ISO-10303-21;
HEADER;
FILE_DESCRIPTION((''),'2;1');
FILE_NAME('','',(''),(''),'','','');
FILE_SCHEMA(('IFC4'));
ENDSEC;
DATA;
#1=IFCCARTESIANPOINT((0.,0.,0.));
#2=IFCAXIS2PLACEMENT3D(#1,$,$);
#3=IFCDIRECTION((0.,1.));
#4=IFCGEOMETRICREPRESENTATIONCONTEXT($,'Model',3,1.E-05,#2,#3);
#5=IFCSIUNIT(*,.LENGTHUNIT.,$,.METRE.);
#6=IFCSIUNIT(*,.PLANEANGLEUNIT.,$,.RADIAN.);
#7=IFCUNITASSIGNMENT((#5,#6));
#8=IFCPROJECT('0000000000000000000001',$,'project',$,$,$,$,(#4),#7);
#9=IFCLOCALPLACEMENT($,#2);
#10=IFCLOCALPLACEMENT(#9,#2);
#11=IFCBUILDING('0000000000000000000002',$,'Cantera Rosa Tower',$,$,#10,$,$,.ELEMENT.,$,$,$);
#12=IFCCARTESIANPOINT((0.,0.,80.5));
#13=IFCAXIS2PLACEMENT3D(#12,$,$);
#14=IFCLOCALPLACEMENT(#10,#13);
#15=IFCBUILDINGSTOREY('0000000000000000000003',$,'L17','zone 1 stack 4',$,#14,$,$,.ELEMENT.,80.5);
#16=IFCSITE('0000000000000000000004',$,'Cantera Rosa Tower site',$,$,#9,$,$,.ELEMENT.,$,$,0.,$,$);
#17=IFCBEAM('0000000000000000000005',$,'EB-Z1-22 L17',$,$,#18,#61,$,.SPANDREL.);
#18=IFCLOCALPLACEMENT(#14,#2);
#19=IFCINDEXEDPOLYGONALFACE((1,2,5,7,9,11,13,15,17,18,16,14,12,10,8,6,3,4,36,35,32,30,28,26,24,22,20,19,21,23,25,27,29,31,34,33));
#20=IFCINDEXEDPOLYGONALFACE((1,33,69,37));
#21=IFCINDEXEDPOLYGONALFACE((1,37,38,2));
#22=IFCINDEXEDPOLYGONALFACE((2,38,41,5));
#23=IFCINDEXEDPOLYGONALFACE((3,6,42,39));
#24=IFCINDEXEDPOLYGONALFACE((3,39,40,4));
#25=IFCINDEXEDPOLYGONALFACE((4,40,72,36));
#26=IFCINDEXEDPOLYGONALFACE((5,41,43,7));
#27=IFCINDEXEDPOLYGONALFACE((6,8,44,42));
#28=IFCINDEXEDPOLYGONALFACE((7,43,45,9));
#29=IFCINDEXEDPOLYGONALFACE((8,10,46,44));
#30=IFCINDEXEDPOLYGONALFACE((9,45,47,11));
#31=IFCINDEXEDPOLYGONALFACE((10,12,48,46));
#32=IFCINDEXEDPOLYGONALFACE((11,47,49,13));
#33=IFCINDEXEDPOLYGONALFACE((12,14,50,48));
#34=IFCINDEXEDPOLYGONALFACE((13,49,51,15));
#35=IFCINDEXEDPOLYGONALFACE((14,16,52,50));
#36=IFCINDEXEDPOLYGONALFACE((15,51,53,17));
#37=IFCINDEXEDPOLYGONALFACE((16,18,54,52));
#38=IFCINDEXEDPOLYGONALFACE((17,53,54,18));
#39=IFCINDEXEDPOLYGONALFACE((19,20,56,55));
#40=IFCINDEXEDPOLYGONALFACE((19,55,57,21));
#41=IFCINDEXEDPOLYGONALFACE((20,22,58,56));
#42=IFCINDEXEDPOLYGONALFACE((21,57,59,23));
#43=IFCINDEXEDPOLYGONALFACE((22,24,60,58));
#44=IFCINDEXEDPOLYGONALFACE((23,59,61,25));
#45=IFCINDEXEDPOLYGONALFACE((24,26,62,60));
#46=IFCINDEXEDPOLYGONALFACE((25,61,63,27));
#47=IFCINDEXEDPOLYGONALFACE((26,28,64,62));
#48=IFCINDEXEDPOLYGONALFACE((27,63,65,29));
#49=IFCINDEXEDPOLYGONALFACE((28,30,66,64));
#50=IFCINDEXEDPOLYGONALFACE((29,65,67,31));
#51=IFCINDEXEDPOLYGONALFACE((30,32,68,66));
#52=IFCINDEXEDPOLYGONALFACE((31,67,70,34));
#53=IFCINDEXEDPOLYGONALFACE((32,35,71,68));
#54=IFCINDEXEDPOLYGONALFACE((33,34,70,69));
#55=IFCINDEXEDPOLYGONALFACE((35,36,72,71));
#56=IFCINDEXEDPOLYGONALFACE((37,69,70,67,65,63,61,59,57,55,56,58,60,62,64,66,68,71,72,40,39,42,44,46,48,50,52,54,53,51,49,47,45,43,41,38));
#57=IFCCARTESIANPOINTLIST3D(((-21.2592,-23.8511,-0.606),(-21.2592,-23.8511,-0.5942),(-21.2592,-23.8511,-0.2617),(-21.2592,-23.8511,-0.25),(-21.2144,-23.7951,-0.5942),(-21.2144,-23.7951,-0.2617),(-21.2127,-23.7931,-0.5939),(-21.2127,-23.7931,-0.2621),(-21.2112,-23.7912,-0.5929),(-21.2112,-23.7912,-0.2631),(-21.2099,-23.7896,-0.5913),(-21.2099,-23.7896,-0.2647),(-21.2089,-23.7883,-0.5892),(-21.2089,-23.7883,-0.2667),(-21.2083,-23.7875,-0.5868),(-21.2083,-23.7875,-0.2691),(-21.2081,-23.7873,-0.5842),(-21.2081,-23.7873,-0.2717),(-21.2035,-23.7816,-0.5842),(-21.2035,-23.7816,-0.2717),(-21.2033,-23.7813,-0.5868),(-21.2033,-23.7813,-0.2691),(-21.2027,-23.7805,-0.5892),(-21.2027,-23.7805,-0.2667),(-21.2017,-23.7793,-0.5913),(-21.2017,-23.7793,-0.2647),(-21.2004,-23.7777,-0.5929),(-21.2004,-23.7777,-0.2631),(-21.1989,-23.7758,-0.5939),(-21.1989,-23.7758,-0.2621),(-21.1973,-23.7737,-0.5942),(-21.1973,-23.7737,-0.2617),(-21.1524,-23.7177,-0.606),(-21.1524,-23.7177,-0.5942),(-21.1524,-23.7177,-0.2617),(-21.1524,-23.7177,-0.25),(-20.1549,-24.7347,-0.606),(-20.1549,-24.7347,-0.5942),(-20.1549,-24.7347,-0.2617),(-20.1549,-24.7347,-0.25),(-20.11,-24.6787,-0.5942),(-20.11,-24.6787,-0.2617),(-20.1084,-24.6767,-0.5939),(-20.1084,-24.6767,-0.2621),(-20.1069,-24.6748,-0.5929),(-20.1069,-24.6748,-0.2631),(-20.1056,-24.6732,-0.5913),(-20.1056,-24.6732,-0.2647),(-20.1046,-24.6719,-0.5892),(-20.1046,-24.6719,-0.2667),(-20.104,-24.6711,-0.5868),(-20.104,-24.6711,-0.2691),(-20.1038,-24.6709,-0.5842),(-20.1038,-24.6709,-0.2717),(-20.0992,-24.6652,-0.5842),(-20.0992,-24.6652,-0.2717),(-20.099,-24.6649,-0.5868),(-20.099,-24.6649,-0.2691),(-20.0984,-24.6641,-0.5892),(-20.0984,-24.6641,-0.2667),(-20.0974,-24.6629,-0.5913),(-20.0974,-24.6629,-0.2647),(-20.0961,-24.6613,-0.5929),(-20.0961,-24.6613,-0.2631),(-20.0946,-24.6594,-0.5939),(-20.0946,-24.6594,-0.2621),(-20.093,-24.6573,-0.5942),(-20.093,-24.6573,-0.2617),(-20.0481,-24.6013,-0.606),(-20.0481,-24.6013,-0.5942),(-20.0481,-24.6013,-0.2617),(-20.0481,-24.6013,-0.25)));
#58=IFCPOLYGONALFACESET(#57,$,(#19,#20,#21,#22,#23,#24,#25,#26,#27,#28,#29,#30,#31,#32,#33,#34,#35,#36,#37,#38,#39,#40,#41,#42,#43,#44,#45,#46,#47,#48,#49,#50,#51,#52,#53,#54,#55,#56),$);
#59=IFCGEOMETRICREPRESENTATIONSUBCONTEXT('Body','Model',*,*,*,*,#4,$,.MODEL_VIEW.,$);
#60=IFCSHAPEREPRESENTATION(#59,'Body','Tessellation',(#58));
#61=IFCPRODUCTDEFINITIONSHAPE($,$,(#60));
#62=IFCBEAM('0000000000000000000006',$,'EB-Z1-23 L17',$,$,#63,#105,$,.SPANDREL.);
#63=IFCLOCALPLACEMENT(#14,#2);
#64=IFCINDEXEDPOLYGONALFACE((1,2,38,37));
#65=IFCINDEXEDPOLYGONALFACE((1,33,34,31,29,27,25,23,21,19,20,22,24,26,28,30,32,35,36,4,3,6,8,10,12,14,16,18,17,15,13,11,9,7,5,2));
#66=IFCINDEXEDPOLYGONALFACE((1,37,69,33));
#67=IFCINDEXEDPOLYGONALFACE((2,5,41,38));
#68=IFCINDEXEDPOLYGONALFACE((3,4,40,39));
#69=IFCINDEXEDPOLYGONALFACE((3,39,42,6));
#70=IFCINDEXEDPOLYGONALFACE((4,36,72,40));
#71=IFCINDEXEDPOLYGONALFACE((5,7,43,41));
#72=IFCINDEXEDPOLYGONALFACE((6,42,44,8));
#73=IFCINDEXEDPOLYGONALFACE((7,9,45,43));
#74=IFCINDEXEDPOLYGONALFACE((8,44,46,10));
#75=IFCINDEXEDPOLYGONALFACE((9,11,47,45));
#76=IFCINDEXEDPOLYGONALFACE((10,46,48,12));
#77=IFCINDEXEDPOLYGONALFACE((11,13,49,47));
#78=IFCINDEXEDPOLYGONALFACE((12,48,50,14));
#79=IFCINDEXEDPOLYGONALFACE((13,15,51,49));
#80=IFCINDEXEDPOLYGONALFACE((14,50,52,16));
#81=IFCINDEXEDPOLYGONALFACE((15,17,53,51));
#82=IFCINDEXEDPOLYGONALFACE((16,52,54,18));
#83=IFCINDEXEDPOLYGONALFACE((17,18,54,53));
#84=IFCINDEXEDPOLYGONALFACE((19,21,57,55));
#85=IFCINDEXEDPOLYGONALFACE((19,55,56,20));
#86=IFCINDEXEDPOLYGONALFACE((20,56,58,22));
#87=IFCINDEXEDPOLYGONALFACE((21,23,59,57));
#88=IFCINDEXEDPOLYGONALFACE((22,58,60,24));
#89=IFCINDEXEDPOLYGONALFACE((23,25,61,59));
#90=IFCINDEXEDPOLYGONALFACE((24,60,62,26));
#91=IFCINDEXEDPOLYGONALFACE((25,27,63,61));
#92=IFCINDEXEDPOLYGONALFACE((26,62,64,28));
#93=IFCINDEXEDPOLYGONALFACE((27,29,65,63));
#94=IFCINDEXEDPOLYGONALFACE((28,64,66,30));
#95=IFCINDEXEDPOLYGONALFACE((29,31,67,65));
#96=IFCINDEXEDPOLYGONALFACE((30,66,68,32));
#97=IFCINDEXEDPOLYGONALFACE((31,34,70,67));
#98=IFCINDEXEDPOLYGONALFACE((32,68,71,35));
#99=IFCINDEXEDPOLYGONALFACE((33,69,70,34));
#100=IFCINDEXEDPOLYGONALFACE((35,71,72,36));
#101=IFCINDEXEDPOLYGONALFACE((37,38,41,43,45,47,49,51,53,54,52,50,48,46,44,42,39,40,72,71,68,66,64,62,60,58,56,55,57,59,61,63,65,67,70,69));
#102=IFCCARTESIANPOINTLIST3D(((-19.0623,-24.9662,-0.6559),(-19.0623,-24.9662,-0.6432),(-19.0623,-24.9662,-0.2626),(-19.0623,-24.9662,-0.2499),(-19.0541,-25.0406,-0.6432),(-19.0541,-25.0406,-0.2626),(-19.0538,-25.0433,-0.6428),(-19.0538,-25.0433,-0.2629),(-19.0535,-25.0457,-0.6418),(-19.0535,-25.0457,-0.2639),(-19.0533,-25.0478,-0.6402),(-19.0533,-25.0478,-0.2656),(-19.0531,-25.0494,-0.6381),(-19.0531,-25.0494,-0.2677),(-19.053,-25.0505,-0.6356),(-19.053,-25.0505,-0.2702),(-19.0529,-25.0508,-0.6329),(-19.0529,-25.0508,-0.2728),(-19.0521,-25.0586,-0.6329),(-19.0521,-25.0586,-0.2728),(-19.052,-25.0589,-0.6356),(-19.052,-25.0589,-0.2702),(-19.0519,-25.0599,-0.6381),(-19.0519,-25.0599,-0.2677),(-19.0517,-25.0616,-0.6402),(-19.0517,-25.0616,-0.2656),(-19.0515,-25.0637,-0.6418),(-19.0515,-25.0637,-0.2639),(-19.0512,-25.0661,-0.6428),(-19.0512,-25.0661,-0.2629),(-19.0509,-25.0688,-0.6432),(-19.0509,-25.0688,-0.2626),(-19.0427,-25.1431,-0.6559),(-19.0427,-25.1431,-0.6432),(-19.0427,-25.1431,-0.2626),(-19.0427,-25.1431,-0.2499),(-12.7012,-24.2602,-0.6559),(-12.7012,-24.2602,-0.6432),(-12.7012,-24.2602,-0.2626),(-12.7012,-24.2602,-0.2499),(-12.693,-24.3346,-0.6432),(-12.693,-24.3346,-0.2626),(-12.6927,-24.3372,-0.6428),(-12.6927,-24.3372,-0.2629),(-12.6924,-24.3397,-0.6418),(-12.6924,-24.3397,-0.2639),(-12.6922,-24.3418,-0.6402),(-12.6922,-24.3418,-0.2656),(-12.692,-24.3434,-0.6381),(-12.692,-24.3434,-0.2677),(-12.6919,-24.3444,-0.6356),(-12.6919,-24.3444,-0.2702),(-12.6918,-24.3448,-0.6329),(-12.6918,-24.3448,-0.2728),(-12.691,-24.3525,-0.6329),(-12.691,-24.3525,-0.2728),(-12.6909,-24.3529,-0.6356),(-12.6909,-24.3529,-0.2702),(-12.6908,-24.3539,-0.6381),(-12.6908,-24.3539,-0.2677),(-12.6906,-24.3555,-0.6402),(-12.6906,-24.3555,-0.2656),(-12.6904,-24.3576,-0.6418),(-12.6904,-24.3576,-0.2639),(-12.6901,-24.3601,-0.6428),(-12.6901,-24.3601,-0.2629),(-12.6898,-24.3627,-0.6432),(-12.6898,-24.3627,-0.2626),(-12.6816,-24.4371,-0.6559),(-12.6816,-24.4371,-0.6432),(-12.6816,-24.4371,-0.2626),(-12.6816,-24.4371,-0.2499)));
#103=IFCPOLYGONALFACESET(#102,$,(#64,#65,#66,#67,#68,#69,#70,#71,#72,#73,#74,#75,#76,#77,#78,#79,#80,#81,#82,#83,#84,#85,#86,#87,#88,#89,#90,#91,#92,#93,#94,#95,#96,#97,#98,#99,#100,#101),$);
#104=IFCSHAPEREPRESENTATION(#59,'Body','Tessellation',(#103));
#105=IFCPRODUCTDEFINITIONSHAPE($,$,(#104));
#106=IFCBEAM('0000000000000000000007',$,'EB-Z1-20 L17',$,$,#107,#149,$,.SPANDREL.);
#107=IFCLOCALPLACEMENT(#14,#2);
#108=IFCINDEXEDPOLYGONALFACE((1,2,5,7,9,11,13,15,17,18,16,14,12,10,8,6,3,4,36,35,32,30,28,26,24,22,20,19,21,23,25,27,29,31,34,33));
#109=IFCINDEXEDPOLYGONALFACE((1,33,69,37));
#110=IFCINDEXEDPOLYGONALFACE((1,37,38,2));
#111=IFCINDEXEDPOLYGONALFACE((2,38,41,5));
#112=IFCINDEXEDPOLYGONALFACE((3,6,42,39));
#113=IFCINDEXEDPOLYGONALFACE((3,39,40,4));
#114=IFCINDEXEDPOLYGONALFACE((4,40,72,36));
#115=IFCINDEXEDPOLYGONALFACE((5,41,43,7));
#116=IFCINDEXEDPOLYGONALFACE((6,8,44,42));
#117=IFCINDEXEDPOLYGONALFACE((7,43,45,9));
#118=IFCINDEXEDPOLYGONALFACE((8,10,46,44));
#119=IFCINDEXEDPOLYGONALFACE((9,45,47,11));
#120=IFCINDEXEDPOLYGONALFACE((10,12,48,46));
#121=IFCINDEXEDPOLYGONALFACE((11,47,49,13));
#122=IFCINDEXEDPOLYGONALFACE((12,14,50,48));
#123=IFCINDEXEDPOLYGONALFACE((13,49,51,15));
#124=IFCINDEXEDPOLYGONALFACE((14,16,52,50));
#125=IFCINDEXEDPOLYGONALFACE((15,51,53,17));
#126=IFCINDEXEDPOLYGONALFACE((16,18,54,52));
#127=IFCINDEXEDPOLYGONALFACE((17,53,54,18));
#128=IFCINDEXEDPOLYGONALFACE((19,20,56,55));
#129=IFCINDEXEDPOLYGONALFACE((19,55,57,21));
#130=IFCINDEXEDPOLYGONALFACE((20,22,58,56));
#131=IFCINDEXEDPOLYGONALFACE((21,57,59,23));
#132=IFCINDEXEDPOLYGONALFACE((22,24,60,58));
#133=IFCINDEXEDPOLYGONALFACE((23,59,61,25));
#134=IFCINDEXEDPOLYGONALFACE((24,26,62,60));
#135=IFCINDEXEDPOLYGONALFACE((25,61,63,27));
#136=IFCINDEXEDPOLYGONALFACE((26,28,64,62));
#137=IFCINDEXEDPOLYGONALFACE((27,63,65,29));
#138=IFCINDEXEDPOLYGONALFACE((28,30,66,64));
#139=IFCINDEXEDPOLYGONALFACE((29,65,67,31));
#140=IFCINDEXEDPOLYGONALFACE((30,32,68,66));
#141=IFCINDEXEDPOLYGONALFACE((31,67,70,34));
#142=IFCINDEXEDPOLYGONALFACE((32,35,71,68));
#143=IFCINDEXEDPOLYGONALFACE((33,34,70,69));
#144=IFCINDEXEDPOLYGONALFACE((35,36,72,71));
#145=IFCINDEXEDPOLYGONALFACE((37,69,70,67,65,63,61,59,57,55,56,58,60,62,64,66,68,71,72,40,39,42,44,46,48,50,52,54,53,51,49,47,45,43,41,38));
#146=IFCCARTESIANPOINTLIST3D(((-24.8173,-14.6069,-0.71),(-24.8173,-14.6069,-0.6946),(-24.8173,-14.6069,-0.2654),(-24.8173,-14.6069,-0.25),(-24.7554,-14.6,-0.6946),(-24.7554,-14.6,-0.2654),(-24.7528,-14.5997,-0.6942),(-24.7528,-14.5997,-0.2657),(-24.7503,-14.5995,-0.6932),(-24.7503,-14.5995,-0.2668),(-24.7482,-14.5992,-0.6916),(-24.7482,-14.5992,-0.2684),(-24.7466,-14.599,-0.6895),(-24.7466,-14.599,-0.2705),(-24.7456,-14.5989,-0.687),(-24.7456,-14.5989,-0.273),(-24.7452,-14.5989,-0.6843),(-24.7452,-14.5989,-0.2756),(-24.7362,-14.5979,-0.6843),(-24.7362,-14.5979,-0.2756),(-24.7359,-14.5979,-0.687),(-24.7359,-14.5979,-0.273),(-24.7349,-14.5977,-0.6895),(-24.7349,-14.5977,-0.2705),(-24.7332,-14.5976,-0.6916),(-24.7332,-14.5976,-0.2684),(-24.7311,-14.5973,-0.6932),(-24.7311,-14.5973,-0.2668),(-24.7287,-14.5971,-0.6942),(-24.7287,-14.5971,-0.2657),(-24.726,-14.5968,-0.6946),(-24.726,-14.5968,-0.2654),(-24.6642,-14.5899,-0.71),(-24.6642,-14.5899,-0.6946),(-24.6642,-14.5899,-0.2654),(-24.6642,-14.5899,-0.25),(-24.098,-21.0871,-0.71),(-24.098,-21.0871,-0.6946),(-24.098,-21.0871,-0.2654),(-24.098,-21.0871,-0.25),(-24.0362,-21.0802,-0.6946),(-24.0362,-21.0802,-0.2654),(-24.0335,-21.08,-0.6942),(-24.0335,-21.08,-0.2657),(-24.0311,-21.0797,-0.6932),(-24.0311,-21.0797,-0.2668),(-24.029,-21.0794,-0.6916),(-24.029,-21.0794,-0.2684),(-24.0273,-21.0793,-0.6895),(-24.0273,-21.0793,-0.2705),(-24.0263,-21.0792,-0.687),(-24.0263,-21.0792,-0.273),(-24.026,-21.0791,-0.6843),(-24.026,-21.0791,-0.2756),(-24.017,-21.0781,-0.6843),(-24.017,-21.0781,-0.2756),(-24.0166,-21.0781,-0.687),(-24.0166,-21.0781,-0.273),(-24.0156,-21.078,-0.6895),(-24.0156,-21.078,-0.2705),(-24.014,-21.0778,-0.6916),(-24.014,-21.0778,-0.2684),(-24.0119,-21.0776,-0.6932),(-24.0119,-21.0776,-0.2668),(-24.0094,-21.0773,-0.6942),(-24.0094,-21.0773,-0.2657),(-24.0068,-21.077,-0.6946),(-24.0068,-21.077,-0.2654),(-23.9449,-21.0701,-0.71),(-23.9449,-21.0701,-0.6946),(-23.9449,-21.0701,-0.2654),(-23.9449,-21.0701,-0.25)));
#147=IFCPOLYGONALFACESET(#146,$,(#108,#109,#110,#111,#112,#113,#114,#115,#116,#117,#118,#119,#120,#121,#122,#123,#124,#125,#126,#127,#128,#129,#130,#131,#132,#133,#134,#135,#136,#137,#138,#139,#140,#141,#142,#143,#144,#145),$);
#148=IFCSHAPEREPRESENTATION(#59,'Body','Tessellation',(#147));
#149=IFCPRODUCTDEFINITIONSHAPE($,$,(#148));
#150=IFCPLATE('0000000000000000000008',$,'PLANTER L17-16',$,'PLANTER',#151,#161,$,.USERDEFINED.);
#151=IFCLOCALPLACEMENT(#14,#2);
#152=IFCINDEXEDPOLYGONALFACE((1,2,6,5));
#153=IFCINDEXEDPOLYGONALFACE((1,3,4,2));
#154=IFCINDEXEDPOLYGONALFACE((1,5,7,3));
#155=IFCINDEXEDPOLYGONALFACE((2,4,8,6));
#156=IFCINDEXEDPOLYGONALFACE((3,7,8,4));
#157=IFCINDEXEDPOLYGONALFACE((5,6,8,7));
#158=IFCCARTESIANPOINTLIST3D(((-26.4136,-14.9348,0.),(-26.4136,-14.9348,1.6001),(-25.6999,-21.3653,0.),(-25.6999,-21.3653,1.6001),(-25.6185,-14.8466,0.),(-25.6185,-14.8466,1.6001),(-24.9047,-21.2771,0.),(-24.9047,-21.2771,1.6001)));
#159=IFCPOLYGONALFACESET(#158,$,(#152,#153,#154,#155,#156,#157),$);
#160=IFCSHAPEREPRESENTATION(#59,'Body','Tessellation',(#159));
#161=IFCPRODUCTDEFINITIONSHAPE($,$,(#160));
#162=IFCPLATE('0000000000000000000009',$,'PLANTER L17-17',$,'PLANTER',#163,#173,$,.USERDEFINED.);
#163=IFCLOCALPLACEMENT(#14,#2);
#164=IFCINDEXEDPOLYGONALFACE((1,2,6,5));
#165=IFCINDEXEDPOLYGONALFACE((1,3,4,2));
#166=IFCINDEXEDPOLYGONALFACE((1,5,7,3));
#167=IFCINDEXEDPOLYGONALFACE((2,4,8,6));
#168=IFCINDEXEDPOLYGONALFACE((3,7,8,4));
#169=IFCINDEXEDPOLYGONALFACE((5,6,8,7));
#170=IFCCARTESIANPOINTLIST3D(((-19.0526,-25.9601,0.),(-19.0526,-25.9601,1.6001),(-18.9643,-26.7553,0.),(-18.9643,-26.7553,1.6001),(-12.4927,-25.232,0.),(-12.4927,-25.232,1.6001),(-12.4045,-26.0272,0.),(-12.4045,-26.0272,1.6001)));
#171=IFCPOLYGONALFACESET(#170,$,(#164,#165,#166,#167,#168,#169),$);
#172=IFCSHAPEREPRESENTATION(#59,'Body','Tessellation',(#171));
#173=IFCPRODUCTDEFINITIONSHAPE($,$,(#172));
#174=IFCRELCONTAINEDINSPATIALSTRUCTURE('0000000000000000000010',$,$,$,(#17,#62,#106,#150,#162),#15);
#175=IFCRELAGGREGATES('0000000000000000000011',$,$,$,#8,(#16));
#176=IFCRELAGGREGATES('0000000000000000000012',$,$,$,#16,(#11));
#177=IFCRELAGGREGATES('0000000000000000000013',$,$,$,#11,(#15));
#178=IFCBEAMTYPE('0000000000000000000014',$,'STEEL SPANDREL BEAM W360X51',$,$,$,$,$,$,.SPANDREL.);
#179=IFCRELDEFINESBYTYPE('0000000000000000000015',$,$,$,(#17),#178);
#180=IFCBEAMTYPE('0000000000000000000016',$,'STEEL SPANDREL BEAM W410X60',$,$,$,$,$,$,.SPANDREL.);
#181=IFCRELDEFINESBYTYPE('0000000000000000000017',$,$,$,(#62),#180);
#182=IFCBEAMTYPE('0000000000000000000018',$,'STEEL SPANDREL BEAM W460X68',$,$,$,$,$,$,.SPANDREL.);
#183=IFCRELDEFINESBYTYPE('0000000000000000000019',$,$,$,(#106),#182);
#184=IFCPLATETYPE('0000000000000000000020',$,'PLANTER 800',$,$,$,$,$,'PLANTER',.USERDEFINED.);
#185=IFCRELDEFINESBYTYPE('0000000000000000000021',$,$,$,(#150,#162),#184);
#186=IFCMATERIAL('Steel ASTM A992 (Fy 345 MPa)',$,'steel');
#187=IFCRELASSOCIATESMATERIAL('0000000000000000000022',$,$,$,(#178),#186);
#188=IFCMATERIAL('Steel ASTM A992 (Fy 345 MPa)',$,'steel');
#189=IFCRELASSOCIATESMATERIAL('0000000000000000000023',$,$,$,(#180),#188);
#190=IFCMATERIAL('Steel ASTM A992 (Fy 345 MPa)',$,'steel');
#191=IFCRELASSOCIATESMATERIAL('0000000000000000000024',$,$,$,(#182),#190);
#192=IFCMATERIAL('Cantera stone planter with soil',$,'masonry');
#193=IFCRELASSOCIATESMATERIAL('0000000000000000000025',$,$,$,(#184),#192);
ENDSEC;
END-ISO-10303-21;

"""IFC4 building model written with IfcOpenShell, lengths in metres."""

from ifc_helpers import new_model, si_unit, direction, frame, origin, origin_2d, place, context, subcontext, project, spatial, rectangle, i_section, extrude, material, material_profile, profile_set, type_object, element, save


model = new_model("IFC4")

# Units and contexts
model_context = context("Model", 3, precision=1e-05, world=origin(), true_north=direction((0.0, 1.0)))
body_context = subcontext(model_context, "Body", "Model", "MODEL_VIEW")
ifc_project = project(units=[si_unit("LENGTHUNIT", "METRE"), si_unit("PLANEANGLEUNIT", "RADIAN")], contexts=[model_context])

# Site, building, storey
site_placement = place(None, origin())
site = spatial("IfcSite", under=ifc_project, at=site_placement, Name="Cantera Rosa Tower site", CompositionType="ELEMENT", RefElevation=0.0)
building_placement = place(site_placement, origin())
building = spatial("IfcBuilding", under=site, at=building_placement, Name="Cantera Rosa Tower", CompositionType="ELEMENT")
storey_placement = place(building_placement, frame((0.0, 0.0, 80.5)))
storey = spatial("IfcBuildingStorey", under=building, at=storey_placement, Name="L17", Description="zone 1 stack 4", CompositionType="ELEMENT", Elevation=80.5)

# Beams
ifc_material_1 = material(Name="Steel ASTM A992 (Fy 345 MPa)", Category="steel")
ifc_material_profile_1 = material_profile(ifc_material_1, i_section(OverallWidth=0.1709, OverallDepth=0.356, WebThickness=0.0073, FlangeThickness=0.0117, FilletRadius=0.01, at=origin_2d()), Name="W360X51")
ifc_profile_set_1 = profile_set([ifc_material_profile_1], Name="Steel ASTM A992 (Fy 345 MPa)")
beam_type_1 = type_object("IfcBeamType", Name="STEEL SPANDREL BEAM W360X51", PredefinedType="SPANDREL", material=ifc_profile_set_1)
for number, where, z_axis, x_axis, name in (
    (1, (-21.2058, -23.7844, -0.428), (0.780818, -0.624758, 0.0), (0.624758, 0.780818, 0.0), "EB-Z1-22 L17"),
):
    element("IfcBeam", number, at=place(storey_placement, frame(where, z_axis=z_axis, x_axis=x_axis)), inside=storey, type_object=beam_type_1, Name=name, PredefinedType="SPANDREL", context=body_context, shape_type="SweptSolid", body=[
        extrude(i_section(OverallWidth=0.1709, OverallDepth=0.356, WebThickness=0.0073, FlangeThickness=0.0117, FilletRadius=0.01, at=origin_2d()), origin(), (0.0, 0.0, 1.0), 1.4143),
    ])
ifc_material_2 = material(Name="Steel ASTM A992 (Fy 345 MPa)", Category="steel")
ifc_material_profile_2 = material_profile(ifc_material_2, i_section(OverallWidth=0.178, OverallDepth=0.406, WebThickness=0.0078, FlangeThickness=0.0127, FilletRadius=0.0103, at=origin_2d()), Name="W410X60")
ifc_profile_set_2 = profile_set([ifc_material_profile_2], Name="Steel ASTM A992 (Fy 345 MPa)")
beam_type_2 = type_object("IfcBeamType", Name="STEEL SPANDREL BEAM W410X60", PredefinedType="SPANDREL", material=ifc_profile_set_2)
beam_1_placement = place(storey_placement, frame((-19.0525, -25.0547, -0.4529), z_axis=(0.993896, 0.110318, 0.0), x_axis=(-0.110318, 0.993896, 0.0)))
element("IfcBeam", 2, at=beam_1_placement, inside=storey, type_object=beam_type_2, Name="EB-Z1-23 L17", PredefinedType="SPANDREL", context=body_context, shape_type="SweptSolid", body=[
    extrude(i_section(OverallWidth=0.178, OverallDepth=0.406, WebThickness=0.0078, FlangeThickness=0.0127, FilletRadius=0.0103, at=origin_2d()), origin(), (0.0, 0.0, 1.0), 6.4001),
])
ifc_material_3 = material(Name="Steel ASTM A992 (Fy 345 MPa)", Category="steel")
ifc_material_profile_3 = material_profile(ifc_material_3, i_section(OverallWidth=0.1541, OverallDepth=0.46, WebThickness=0.009, FlangeThickness=0.0154, FilletRadius=0.0103, at=origin_2d()), Name="W460X68")
ifc_profile_set_3 = profile_set([ifc_material_profile_3], Name="Steel ASTM A992 (Fy 345 MPa)")
beam_type_3 = type_object("IfcBeamType", Name="STEEL SPANDREL BEAM W460X68", PredefinedType="SPANDREL", material=ifc_profile_set_3)
beam_2_placement = place(storey_placement, frame((-24.7407, -14.5984, -0.48), z_axis=(0.110312, -0.993897, 0.0), x_axis=(0.993897, 0.110312, 0.0)))
element("IfcBeam", 3, at=beam_2_placement, inside=storey, type_object=beam_type_3, Name="EB-Z1-20 L17", PredefinedType="SPANDREL", context=body_context, shape_type="SweptSolid", body=[
    extrude(i_section(OverallWidth=0.1541, OverallDepth=0.46, WebThickness=0.009, FlangeThickness=0.0154, FilletRadius=0.0103, at=origin_2d()), origin(), (0.0, 0.0, 1.0), 6.52),
])

# Plates
ifc_material_4 = material(Name="Cantera stone planter with soil", Category="masonry")
plate_type = type_object("IfcPlateType", Name="PLANTER 800", ElementType="PLANTER", PredefinedType="USERDEFINED", material=ifc_material_4)
plate_1_placement = place(storey_placement, frame((-25.6592, -18.106, 0.0), z_axis=(0.0, 0.0, 1.0), x_axis=(0.110313, -0.993897, 0.0)))
element("IfcPlate", 4, at=plate_1_placement, inside=storey, type_object=plate_type, Name="PLANTER L17-16", ObjectType="PLANTER", PredefinedType="USERDEFINED", context=body_context, shape_type="SweptSolid", body=[
    extrude(rectangle(XDim=6.47, YDim=0.8, at=origin_2d()), origin(), (0.0, 0.0, 1.0), 1.6001),
])
plate_2_placement = place(storey_placement, frame((-15.7285, -25.9937, 0.0), z_axis=(0.0, 0.0, 1.0), x_axis=(0.993897, 0.110313, 0.0)))
element("IfcPlate", 5, at=plate_2_placement, inside=storey, type_object=plate_type, Name="PLANTER L17-17", ObjectType="PLANTER", PredefinedType="USERDEFINED", context=body_context, shape_type="SweptSolid", body=[
    extrude(rectangle(XDim=6.6001, YDim=0.8, at=origin_2d()), origin(), (0.0, 0.0, 1.0), 1.6001),
])

save(model, "model.ifc")
